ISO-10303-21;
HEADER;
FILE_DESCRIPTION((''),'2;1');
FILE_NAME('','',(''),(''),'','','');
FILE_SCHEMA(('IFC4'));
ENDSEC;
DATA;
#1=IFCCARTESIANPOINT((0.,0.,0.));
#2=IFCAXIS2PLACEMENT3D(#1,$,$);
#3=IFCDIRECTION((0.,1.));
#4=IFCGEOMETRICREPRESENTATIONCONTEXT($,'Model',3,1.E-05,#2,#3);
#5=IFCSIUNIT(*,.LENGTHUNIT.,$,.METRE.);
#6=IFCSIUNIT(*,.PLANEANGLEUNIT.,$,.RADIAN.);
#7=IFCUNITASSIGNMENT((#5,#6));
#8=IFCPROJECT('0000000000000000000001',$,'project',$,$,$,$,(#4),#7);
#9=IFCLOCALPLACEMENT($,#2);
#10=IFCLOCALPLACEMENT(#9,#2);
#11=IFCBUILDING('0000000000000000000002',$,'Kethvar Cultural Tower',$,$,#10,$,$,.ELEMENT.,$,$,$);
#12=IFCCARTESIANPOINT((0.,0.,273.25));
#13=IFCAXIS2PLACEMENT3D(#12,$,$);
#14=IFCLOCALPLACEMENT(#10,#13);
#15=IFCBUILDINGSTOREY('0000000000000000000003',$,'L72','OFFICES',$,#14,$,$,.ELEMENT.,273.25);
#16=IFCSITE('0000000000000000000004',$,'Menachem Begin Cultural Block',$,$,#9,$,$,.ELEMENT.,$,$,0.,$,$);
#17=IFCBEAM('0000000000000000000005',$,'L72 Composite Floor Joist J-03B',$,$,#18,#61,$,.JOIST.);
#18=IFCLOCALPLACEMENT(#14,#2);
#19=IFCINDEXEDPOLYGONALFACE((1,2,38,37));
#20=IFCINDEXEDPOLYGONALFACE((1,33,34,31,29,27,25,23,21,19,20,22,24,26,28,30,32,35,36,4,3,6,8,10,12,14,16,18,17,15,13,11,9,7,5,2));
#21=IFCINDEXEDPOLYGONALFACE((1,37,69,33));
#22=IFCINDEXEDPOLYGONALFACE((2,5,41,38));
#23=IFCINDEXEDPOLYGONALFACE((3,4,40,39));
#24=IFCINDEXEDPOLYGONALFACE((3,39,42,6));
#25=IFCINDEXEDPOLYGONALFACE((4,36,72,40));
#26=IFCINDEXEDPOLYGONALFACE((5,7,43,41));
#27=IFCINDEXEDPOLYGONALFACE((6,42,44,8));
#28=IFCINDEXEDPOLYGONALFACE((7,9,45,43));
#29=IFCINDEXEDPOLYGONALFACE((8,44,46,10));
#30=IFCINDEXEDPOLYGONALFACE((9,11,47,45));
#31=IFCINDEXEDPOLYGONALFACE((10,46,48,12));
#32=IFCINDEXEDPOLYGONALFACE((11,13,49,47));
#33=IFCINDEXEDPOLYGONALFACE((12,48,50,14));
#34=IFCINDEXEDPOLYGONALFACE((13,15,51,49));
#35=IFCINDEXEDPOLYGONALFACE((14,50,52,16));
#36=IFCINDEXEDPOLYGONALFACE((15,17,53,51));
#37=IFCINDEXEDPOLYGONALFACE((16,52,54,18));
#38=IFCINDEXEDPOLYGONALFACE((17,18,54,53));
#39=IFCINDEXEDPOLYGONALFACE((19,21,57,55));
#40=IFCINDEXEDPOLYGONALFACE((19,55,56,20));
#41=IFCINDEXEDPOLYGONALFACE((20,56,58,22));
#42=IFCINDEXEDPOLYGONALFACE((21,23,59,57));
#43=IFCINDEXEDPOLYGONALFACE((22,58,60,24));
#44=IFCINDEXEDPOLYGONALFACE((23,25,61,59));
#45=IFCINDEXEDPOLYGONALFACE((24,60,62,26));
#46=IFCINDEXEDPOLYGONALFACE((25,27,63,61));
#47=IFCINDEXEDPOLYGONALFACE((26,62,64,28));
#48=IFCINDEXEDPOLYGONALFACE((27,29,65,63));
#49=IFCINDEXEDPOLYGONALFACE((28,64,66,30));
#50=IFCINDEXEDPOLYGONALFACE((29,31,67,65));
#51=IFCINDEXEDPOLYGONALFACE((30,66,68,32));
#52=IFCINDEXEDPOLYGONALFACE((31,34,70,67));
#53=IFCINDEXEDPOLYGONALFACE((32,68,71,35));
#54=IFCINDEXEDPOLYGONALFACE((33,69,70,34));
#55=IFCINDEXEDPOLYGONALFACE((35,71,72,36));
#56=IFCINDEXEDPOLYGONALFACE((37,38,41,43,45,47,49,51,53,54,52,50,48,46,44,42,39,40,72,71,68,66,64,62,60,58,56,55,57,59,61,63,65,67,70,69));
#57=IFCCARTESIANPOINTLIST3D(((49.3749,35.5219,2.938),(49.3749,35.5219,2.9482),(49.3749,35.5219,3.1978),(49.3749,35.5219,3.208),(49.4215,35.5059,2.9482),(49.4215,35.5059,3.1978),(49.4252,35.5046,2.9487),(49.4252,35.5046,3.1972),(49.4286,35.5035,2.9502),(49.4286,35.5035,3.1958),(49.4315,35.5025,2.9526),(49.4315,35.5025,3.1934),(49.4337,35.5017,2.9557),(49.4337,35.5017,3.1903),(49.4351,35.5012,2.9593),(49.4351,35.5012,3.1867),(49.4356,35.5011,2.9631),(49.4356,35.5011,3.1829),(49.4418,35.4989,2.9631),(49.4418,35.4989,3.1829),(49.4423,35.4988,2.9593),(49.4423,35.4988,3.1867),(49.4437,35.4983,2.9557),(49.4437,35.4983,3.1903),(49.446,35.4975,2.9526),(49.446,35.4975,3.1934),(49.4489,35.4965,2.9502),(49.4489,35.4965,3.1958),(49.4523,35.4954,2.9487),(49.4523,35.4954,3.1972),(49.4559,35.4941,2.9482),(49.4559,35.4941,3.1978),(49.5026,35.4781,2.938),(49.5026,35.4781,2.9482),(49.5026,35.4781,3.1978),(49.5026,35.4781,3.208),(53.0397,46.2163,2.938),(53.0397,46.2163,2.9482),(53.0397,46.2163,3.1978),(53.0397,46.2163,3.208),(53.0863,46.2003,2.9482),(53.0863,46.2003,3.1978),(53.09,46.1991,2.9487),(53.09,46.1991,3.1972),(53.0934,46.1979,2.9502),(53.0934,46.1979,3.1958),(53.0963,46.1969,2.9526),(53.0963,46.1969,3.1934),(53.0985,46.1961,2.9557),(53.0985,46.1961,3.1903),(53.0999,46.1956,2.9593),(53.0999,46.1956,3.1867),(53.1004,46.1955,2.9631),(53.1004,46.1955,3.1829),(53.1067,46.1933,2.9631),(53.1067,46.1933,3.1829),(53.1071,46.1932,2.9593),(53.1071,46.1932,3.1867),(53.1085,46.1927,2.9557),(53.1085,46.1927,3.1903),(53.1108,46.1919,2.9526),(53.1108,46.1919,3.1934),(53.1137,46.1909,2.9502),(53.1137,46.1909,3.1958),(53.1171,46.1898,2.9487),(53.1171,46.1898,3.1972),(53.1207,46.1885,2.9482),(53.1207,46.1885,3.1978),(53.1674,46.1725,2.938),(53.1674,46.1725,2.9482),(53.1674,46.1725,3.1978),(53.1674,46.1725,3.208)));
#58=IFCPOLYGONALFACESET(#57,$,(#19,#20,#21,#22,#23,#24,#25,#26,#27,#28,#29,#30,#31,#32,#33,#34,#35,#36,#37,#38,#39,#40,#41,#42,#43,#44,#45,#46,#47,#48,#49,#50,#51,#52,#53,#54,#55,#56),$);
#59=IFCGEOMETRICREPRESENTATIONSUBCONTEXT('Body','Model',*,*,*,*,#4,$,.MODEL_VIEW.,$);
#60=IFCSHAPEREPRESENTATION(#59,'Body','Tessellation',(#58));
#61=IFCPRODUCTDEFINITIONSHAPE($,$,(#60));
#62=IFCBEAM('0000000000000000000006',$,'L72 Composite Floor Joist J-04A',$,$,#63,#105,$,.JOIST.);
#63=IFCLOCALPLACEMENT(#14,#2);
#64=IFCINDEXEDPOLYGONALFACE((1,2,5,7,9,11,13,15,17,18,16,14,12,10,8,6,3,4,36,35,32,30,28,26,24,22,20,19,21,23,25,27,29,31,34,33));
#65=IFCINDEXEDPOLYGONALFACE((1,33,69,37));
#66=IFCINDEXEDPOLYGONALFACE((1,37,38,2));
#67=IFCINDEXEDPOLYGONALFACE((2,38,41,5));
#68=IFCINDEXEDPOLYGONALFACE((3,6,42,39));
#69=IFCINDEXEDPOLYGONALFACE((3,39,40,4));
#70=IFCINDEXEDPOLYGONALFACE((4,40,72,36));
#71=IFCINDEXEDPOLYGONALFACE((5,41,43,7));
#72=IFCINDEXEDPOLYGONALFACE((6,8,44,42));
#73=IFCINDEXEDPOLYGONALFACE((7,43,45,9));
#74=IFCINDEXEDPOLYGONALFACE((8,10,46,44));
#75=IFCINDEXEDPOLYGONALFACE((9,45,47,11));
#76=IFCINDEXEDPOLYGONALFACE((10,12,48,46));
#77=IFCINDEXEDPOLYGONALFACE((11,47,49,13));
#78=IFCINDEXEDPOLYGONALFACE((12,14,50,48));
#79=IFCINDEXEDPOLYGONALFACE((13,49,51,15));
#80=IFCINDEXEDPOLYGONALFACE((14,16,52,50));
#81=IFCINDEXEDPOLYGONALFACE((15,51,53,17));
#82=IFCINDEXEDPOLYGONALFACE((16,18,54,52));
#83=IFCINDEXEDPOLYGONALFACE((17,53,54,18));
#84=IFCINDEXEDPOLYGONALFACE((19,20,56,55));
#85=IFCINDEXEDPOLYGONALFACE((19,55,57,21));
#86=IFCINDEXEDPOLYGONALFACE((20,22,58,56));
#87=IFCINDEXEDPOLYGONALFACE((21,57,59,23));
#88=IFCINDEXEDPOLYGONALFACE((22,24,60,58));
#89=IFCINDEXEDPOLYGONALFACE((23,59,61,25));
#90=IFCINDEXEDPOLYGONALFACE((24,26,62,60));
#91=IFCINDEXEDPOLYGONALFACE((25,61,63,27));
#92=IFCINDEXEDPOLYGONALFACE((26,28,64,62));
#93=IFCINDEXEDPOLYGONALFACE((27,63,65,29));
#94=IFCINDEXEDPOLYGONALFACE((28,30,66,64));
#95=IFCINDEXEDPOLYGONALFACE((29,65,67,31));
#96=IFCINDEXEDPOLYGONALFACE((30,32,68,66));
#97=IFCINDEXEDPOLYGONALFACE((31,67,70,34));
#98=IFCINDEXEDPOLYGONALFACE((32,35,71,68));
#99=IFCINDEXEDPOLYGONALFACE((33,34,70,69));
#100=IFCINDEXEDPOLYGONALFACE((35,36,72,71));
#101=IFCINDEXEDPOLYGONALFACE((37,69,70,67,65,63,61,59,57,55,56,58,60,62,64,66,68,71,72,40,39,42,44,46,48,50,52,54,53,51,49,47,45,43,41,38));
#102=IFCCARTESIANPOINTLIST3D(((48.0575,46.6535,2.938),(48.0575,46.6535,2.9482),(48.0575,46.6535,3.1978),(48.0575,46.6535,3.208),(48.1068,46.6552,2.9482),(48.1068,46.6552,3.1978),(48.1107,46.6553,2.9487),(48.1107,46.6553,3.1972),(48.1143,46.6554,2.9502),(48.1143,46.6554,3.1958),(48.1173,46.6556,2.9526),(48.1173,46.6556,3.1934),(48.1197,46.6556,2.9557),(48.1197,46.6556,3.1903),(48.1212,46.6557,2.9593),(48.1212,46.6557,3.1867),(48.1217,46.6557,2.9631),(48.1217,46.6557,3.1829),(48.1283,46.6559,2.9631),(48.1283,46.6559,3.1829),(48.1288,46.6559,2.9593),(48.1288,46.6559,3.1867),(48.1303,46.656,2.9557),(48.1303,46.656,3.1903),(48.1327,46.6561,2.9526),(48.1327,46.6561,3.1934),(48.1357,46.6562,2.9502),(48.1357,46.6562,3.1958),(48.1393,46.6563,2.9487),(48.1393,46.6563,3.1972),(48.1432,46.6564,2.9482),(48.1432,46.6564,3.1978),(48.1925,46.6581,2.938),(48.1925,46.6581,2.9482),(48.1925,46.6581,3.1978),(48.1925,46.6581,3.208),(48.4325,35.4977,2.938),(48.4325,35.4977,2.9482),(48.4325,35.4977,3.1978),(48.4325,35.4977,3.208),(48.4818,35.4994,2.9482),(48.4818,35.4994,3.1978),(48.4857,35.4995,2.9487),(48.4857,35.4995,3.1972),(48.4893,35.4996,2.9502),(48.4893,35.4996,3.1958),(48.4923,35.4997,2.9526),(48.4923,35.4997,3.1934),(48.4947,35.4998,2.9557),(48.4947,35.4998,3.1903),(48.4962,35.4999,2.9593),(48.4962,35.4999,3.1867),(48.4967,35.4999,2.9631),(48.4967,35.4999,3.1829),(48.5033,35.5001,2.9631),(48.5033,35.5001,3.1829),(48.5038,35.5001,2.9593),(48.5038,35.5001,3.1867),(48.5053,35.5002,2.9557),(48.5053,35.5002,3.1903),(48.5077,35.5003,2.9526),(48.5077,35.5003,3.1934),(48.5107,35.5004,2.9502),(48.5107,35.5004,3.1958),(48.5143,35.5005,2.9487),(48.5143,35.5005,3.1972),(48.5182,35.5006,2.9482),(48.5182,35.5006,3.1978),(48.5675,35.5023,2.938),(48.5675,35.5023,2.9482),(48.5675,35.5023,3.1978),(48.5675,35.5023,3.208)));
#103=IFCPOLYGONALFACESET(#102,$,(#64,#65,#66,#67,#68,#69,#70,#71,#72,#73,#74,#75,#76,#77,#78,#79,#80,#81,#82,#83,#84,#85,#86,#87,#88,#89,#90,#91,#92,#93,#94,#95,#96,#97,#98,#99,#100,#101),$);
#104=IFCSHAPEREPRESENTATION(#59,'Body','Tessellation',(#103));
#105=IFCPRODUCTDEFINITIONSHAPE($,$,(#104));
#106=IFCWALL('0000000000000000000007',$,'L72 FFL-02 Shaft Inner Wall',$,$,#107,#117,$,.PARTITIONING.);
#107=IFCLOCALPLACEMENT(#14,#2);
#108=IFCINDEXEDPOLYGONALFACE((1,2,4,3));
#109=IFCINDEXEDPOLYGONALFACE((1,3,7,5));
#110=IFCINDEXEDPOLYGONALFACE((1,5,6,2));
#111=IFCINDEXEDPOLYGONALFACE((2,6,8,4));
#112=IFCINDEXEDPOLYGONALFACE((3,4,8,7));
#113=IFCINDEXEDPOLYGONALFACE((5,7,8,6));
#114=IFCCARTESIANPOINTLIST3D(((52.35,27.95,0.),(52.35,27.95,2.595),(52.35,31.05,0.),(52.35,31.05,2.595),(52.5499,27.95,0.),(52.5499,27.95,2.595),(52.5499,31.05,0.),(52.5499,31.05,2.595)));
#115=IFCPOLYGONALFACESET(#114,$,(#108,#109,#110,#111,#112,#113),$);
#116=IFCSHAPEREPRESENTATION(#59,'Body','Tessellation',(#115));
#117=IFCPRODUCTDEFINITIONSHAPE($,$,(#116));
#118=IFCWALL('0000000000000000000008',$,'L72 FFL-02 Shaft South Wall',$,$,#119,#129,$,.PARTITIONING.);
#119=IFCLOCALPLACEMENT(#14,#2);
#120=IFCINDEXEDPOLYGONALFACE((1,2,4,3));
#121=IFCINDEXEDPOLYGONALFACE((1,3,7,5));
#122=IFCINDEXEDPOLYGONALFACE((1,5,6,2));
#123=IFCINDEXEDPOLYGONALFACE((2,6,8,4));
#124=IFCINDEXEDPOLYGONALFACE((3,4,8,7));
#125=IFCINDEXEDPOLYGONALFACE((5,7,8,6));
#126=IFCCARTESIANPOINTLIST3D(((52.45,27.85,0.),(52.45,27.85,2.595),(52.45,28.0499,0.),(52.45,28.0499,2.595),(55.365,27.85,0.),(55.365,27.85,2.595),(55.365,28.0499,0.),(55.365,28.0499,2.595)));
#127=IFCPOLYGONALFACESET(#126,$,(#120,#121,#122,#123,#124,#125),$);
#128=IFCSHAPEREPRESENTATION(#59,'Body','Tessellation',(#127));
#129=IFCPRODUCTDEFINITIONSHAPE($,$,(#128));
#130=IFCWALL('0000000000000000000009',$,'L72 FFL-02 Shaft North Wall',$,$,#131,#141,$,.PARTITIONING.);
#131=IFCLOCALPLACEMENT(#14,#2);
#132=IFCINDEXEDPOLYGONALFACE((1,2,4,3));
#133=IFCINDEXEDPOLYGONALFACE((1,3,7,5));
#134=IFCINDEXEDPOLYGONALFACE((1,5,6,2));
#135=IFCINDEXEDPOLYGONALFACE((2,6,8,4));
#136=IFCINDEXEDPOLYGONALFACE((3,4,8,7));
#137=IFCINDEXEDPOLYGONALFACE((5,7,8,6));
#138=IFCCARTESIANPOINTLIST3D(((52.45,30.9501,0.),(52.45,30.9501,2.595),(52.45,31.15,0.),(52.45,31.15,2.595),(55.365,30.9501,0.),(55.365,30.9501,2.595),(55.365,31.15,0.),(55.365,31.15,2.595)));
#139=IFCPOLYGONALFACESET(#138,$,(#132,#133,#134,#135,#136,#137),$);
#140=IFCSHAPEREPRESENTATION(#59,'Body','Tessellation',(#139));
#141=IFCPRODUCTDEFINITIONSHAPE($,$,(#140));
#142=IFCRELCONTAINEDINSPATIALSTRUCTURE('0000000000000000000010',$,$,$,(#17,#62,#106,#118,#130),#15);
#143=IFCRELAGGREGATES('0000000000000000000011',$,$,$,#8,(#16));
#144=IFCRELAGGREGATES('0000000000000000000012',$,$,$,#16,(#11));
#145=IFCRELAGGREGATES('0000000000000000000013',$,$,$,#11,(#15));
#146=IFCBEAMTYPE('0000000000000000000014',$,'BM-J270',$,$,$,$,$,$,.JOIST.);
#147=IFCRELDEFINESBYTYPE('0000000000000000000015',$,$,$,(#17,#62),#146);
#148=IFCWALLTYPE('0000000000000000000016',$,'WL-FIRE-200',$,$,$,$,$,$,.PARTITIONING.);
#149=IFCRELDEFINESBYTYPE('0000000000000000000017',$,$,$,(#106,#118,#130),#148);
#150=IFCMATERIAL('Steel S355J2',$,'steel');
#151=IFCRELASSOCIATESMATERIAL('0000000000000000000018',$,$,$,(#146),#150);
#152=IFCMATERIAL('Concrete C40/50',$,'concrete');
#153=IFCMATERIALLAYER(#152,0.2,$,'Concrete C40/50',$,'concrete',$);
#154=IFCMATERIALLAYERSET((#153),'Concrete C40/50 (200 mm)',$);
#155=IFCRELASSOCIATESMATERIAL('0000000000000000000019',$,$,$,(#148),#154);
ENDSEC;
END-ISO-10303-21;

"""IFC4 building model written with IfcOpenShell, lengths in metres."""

from ifc_helpers import new_model, si_unit, direction, frame, frame_2d, origin, origin_2d, place, context, subcontext, project, spatial, rectangle, i_section, extrude, source, transform, mapped, material, layer, layer_set, material_profile, profile_set, type_object, element, save


model = new_model("IFC4")

# Units and contexts
model_context = context("Model", 3, precision=1e-05, world=origin(), true_north=direction((0.0, 1.0)))
body_context = subcontext(model_context, "Body", "Model", "MODEL_VIEW")
ifc_project = project(units=[si_unit("LENGTHUNIT", "METRE"), si_unit("PLANEANGLEUNIT", "RADIAN")], contexts=[model_context])

# Site, building, storey
site_placement = place(None, origin())
site = spatial("IfcSite", under=ifc_project, at=site_placement, Name="Menachem Begin Cultural Block", CompositionType="ELEMENT", RefElevation=0.0)
building_placement = place(site_placement, origin())
building = spatial("IfcBuilding", under=site, at=building_placement, Name="Kethvar Cultural Tower", CompositionType="ELEMENT")
storey_placement = place(building_placement, frame((0.0, 0.0, 273.25)))
storey = spatial("IfcBuildingStorey", under=building, at=storey_placement, Name="L72", Description="OFFICES", CompositionType="ELEMENT", Elevation=273.25)

# Beams
ifc_material_1 = material(Name="Steel S355J2", Category="steel")
ifc_material_profile_1 = material_profile(ifc_material_1, i_section(OverallWidth=0.135, OverallDepth=0.27, WebThickness=0.0066, FlangeThickness=0.0103, FilletRadius=0.0149, at=origin_2d()), Name="Steel S355J2 — IPE270")
ifc_profile_set_1 = profile_set([ifc_material_profile_1], Name="Steel S355J2 — IPE270")
beam_type_1 = type_object("IfcBeamType", Name="BM-J270", PredefinedType="JOIST", material=ifc_profile_set_1)
shared_shape_1 = source(origin(), body_context, "Body", "SweptSolid", [
    extrude(i_section(OverallWidth=0.135, OverallDepth=0.27, WebThickness=0.0066, FlangeThickness=0.0103, FilletRadius=0.0149, at=origin_2d()), origin(), (0.0, 0.0, 1.0), 11.3049),
])
beam_1_placement = place(storey_placement, frame((49.4387, 35.5, 3.073), z_axis=(0.324179, 0.945996, 0.0), x_axis=(-0.945996, 0.324179, 0.0)))
element("IfcBeam", 1, at=beam_1_placement, inside=storey, type_object=beam_type_1, Name="L72 Composite Floor Joist J-03B", PredefinedType="JOIST", context=body_context, shape_type="MappedRepresentation", body=[
    mapped(shared_shape_1, transform((0.0, 0.0, 0.0), scale=1.0)),
])
shared_shape_2 = source(origin(), body_context, "Body", "SweptSolid", [
    extrude(i_section(OverallWidth=0.135, OverallDepth=0.27, WebThickness=0.0066, FlangeThickness=0.0103, FilletRadius=0.0149, at=origin_2d()), origin(), (0.0, 0.0, 1.0), 11.1621),
])
beam_2_placement = place(storey_placement, frame((48.5, 35.5, 3.073), z_axis=(-0.033596, 0.999435, 0.0), x_axis=(-0.999435, -0.033596, 0.0)))
element("IfcBeam", 2, at=beam_2_placement, inside=storey, type_object=beam_type_1, Name="L72 Composite Floor Joist J-04A", PredefinedType="JOIST", context=body_context, shape_type="MappedRepresentation", body=[
    mapped(shared_shape_2, transform((0.0, 0.0, 0.0), scale=1.0)),
])

# Walls
ifc_material_2 = material(Name="Concrete C40/50", Category="concrete")
ifc_layer_1 = layer(ifc_material_2, 0.2, Name="Concrete C40/50", Category="concrete")
ifc_layer_set_1 = layer_set([ifc_layer_1], Name="Concrete C40/50 (200 mm)")
wall_type_1 = type_object("IfcWallType", Name="WL-FIRE-200", PredefinedType="PARTITIONING", material=ifc_layer_set_1)
wall_1_placement = place(storey_placement, frame((52.45, 27.95, 0.0), z_axis=(0.0, 0.0, 1.0), x_axis=(0.0, 1.0, 0.0)))
element("IfcWall", 3, at=wall_1_placement, inside=storey, type_object=wall_type_1, Name="L72 FFL-02 Shaft Inner Wall", PredefinedType="PARTITIONING", context=body_context, shape_type="SweptSolid", body=[
    extrude(rectangle(XDim=3.1001, YDim=0.2, at=frame_2d((1.55, 0.0))), origin(), (0.0, 0.0, 1.0), 2.595),
])
for number, where, z_axis, x_axis, name in (
    (4, (52.45, 27.95, 0.0), (0.0, 0.0, 1.0), (1.0, 0.0, 0.0), "L72 FFL-02 Shaft South Wall"),
    (5, (52.45, 31.05, 0.0), (0.0, 0.0, 1.0), (1.0, 0.0, 0.0), "L72 FFL-02 Shaft North Wall"),
):
    element("IfcWall", number, at=place(storey_placement, frame(where, z_axis=z_axis, x_axis=x_axis)), inside=storey, type_object=wall_type_1, Name=name, PredefinedType="PARTITIONING", context=body_context, shape_type="SweptSolid", body=[
        extrude(rectangle(XDim=2.915, YDim=0.2, at=frame_2d((1.4575, 0.0))), origin(), (0.0, 0.0, 1.0), 2.595),
    ])

save(model, "model.ifc")
